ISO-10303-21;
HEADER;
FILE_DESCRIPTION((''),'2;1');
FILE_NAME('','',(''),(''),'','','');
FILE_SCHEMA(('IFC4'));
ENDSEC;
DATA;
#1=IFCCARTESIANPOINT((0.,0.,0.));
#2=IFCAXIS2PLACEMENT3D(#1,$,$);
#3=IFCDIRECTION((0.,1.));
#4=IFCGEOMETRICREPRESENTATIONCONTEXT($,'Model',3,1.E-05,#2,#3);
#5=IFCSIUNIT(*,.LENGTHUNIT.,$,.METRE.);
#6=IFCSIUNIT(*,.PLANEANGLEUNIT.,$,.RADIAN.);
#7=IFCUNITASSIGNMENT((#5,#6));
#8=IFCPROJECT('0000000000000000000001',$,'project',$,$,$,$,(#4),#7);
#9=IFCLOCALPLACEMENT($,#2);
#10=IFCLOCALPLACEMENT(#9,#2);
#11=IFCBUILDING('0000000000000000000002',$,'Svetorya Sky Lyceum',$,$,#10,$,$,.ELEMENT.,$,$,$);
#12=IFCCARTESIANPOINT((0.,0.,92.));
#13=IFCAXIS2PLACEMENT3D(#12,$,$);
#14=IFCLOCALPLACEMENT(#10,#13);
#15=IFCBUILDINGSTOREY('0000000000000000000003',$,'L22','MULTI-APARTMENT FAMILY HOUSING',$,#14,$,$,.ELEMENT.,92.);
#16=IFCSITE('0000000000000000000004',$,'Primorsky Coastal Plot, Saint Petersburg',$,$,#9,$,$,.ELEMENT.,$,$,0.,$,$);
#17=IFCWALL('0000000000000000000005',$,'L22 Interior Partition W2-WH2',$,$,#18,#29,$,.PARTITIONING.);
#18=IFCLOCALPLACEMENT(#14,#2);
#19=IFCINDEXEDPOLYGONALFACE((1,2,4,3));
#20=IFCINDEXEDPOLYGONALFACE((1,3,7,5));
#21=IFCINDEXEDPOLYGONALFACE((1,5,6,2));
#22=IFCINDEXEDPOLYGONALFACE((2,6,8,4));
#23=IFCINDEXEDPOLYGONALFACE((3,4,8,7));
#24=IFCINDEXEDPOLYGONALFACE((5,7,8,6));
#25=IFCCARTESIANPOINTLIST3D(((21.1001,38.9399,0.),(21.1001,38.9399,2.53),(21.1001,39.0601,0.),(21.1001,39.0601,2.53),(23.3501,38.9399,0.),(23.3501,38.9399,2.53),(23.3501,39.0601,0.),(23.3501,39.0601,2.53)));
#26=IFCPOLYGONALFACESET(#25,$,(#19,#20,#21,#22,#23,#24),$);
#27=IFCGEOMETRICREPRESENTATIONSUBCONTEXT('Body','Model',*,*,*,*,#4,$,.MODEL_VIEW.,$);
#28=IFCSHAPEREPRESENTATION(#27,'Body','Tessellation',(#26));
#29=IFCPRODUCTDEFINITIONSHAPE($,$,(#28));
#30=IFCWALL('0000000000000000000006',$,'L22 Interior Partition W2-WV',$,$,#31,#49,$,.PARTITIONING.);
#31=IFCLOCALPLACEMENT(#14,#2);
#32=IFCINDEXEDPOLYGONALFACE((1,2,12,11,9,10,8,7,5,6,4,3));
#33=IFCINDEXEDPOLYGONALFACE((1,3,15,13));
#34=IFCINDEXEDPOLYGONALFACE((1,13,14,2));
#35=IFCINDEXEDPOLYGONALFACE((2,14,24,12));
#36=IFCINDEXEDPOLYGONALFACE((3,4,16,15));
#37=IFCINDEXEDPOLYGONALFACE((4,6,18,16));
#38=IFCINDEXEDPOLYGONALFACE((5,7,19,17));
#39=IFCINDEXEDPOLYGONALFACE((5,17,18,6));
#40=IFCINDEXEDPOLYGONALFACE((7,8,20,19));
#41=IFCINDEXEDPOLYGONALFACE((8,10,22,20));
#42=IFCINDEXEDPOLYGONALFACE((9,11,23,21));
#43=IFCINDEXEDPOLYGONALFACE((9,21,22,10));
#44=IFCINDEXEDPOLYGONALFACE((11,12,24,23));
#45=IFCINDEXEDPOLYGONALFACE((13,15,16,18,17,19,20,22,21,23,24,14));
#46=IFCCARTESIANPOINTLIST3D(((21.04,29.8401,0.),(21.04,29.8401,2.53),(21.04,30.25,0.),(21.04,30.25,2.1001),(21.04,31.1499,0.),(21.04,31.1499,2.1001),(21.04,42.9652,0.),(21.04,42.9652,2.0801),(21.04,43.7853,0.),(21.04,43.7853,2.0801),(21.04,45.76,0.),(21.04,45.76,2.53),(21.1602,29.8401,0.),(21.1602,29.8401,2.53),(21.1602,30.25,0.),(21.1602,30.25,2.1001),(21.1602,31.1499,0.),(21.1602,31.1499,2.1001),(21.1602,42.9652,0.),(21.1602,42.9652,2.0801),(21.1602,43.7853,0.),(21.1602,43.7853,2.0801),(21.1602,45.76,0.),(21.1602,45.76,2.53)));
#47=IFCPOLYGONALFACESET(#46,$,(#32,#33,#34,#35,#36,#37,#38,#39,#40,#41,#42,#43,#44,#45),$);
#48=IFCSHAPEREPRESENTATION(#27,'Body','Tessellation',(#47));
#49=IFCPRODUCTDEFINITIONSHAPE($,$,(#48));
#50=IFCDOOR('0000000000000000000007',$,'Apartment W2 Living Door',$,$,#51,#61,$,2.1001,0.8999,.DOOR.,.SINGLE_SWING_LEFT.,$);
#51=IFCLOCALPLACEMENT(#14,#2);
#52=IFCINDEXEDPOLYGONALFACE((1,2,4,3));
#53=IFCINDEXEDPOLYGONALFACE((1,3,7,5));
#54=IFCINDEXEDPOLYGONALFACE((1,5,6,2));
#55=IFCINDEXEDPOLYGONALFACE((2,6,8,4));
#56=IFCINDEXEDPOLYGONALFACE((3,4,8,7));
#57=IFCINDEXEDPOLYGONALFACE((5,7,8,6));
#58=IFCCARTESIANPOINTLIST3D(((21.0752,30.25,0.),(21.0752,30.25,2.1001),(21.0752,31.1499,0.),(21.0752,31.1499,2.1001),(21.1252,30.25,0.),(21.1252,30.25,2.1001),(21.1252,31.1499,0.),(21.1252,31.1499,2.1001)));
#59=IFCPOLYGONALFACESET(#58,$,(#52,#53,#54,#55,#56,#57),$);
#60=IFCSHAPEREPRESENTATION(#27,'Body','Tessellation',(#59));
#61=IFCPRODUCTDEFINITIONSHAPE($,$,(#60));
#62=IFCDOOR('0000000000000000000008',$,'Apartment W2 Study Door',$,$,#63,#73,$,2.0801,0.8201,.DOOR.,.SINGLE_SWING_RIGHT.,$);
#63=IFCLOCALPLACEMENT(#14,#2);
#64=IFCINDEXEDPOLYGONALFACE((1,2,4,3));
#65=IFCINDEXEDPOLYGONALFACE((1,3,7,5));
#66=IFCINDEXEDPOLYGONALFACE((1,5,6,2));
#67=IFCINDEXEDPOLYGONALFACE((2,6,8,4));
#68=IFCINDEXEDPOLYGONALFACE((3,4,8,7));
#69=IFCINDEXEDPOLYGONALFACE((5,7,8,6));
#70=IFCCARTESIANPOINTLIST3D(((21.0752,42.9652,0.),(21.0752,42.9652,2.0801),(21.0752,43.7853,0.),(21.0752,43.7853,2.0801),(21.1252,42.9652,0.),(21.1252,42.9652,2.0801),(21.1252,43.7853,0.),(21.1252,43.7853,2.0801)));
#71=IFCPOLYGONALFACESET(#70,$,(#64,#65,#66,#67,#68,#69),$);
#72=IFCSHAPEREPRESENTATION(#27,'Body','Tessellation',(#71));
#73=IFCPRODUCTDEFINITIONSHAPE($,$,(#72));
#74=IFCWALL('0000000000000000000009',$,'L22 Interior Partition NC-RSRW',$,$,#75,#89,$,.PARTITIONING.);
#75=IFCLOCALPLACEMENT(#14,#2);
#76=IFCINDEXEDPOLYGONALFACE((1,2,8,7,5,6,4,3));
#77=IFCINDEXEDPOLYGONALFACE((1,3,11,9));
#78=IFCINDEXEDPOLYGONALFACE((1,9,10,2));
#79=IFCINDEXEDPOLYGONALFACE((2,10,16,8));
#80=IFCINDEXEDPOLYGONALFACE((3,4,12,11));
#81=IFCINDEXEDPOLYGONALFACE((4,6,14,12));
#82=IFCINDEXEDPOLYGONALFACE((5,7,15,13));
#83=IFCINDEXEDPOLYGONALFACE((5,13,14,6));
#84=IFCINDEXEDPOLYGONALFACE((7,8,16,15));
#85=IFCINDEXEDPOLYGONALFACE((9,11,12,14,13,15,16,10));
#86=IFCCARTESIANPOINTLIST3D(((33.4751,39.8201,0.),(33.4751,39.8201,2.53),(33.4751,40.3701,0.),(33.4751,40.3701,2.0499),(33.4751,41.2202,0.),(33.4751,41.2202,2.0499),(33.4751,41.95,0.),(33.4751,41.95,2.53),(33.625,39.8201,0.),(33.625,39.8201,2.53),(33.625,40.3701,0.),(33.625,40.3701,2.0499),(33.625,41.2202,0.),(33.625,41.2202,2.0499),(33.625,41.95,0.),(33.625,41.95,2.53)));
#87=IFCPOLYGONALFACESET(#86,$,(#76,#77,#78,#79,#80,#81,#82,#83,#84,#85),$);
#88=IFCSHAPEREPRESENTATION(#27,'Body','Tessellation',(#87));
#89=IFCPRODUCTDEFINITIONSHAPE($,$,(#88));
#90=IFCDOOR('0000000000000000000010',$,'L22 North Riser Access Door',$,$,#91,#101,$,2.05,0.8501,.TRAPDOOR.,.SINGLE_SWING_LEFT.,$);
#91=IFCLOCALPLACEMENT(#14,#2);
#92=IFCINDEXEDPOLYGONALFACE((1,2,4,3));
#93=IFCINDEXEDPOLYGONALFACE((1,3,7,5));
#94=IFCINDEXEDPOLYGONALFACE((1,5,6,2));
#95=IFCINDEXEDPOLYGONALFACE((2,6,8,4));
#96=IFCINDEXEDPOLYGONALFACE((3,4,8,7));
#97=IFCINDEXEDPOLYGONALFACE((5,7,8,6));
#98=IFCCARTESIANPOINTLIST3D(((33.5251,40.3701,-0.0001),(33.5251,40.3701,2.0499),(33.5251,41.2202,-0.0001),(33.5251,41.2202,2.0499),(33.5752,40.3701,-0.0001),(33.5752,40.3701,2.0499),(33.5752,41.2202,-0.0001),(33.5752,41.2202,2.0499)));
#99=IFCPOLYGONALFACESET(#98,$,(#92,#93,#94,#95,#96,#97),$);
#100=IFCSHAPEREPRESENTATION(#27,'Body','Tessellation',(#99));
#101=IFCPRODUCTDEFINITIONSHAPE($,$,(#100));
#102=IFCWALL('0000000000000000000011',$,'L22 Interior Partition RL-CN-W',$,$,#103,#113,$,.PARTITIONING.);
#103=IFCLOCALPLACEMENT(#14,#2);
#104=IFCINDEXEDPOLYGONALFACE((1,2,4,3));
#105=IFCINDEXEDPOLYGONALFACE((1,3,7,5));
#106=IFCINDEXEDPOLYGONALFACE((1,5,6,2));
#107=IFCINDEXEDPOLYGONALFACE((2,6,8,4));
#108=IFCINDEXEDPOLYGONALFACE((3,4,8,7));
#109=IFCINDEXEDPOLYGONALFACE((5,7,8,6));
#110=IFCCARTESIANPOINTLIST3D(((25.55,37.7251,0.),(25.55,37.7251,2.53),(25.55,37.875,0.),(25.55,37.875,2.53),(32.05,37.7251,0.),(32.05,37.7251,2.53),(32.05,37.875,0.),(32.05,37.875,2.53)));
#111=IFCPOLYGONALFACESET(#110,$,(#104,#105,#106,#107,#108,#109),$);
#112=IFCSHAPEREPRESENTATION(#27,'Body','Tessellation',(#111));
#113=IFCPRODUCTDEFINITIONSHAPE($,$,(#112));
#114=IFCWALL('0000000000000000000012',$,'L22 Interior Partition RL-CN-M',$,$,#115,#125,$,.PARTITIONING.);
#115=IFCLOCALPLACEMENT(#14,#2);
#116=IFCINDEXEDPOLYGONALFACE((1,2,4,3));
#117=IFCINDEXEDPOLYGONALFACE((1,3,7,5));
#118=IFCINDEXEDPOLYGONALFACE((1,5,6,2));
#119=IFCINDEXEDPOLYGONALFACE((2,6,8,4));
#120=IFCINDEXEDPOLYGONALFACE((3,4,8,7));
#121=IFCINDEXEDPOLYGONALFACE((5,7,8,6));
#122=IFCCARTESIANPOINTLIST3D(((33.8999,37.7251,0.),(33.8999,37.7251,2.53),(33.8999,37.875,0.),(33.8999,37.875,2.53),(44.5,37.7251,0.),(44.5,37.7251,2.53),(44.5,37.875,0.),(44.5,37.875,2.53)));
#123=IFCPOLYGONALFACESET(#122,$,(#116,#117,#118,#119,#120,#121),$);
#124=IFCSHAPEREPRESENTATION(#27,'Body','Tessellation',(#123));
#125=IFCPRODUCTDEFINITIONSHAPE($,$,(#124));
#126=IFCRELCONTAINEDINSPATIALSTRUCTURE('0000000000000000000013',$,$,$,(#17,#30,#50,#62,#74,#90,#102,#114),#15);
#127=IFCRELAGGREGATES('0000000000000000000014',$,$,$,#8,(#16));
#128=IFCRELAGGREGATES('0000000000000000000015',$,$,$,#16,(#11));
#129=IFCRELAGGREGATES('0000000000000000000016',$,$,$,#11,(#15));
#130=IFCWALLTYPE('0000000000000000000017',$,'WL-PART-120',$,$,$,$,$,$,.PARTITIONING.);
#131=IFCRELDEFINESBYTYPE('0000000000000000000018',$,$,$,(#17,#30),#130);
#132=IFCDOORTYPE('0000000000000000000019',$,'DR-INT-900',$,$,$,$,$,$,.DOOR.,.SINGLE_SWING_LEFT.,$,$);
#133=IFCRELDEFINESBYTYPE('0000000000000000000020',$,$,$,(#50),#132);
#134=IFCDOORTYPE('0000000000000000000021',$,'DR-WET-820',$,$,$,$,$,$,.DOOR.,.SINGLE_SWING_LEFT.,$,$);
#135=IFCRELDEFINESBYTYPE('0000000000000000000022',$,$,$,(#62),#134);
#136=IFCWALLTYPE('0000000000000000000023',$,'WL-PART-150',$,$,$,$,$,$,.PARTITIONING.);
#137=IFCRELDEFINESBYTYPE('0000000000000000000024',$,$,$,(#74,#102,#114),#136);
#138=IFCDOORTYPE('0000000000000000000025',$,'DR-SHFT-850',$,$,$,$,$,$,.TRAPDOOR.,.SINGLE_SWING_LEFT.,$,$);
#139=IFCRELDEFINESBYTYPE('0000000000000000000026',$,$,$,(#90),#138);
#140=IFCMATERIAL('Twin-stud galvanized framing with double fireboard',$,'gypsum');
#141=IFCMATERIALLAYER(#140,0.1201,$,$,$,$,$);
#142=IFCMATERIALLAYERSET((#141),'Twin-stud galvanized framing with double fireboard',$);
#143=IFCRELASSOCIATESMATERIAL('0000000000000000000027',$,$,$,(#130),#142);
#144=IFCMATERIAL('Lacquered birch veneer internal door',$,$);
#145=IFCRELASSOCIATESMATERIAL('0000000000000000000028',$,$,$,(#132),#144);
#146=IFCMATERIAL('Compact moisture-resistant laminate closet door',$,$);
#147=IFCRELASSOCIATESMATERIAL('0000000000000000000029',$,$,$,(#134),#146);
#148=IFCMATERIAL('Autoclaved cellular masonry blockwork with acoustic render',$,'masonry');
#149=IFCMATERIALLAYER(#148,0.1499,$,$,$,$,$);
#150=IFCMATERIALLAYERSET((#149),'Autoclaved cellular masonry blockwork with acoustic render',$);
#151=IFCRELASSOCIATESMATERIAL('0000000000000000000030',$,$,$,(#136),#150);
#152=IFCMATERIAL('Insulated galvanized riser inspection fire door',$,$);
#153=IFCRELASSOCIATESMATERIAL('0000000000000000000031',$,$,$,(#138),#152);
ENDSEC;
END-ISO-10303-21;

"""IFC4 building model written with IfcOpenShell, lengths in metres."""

from ifc_helpers import new_model, si_unit, direction, frame, frame_2d, origin, place, context, subcontext, project, spatial, rectangle, extrude, material, layer, layer_set, type_object, element, fill, save


model = new_model("IFC4")

# Units and contexts
model_context = context("Model", 3, precision=1e-05, world=origin(), true_north=direction((0.0, 1.0)))
body_context = subcontext(model_context, "Body", "Model", "MODEL_VIEW")
ifc_project = project(units=[si_unit("LENGTHUNIT", "METRE"), si_unit("PLANEANGLEUNIT", "RADIAN")], contexts=[model_context])

# Site, building, storey
site_placement = place(None, origin())
site = spatial("IfcSite", under=ifc_project, at=site_placement, Name="Primorsky Coastal Plot, Saint Petersburg", CompositionType="ELEMENT", RefElevation=0.0)
building_placement = place(site_placement, origin())
building = spatial("IfcBuilding", under=site, at=building_placement, Name="Svetorya Sky Lyceum", CompositionType="ELEMENT")
storey_placement = place(building_placement, frame((0.0, 0.0, 92.0)))
storey = spatial("IfcBuildingStorey", under=building, at=storey_placement, Name="L22", Description="MULTI-APARTMENT FAMILY HOUSING", CompositionType="ELEMENT", Elevation=92.0)

# Shared definitions
ifc_material_1 = material(Name="Twin-stud galvanized framing with double fireboard", Category="gypsum")
ifc_layer_1 = layer(ifc_material_1, 0.1201)
ifc_layer_set_1 = layer_set([ifc_layer_1], Name="Twin-stud galvanized framing with double fireboard")
wall_type_1 = type_object("IfcWallType", Name="WL-PART-120", PredefinedType="PARTITIONING", material=ifc_layer_set_1)

# Wall
wall_1_placement = place(storey_placement, frame((21.1001, 39.0, 0.0), z_axis=(0.0, 0.0, 1.0), x_axis=(1.0, 0.0, 0.0)))
element("IfcWall", 1, at=wall_1_placement, inside=storey, type_object=wall_type_1, Name="L22 Interior Partition W2-WH2", PredefinedType="PARTITIONING", context=body_context, shape_type="SweptSolid", body=[
    extrude(rectangle(XDim=2.25, YDim=0.1201, at=frame_2d((1.125, 0.0))), origin(), (0.0, 0.0, 1.0), 2.53),
])

# Wall, openings, doors
wall_2_placement = place(storey_placement, frame((21.1001, 29.8401, 0.0), z_axis=(0.0, 0.0, 1.0), x_axis=(0.0, 1.0, 0.0)))
wall_2 = element("IfcWall", 2, at=wall_2_placement, inside=storey, type_object=wall_type_1, Name="L22 Interior Partition W2-WV", PredefinedType="PARTITIONING", context=body_context, shape_type="SweptSolid", body=[
    extrude(rectangle(XDim=15.9199, YDim=0.1201, at=frame_2d((7.96, 0.0))), origin(), (0.0, 0.0, 1.0), 2.53),
])
opening_1_placement = place(wall_2_placement, frame((0.4099, 0.0, 0.0)))
opening_1 = element("IfcOpeningElement", 3, at=opening_1_placement, cuts=wall_2, PredefinedType="OPENING", context=body_context, shape_type="SweptSolid", body=[
    extrude(rectangle(XDim=0.8999, YDim=2.1001, at=frame_2d((0.45, 1.05))), frame((0.0, 0.0701, 0.0), z_axis=(0.0, -1.0, 0.0), x_axis=(1.0, 0.0, 0.0)), (0.0, 0.0, 1.0), 0.1401),
])
opening_2_placement = place(wall_2_placement, frame((13.125, 0.0, 0.0)))
opening_2 = element("IfcOpeningElement", 4, at=opening_2_placement, cuts=wall_2, PredefinedType="OPENING", context=body_context, shape_type="SweptSolid", body=[
    extrude(rectangle(XDim=0.8201, YDim=2.0801, at=frame_2d((0.4102, 1.04))), frame((0.0, 0.0701, 0.0), z_axis=(0.0, -1.0, 0.0), x_axis=(1.0, 0.0, 0.0)), (0.0, 0.0, 1.0), 0.1401),
])
ifc_material_2 = material(Name="Lacquered birch veneer internal door")
door_type_1 = type_object("IfcDoorType", Name="DR-INT-900", OperationType="SINGLE_SWING_LEFT", PredefinedType="DOOR", material=ifc_material_2)
door_1_placement = place(opening_1_placement, origin())
door_1 = element("IfcDoor", 5, at=door_1_placement, inside=storey, type_object=door_type_1, Name="Apartment W2 Living Door", OperationType="SINGLE_SWING_LEFT", OverallHeight=2.1001, OverallWidth=0.8999, PredefinedType="DOOR", context=body_context, shape_type="SweptSolid", body=[
    extrude(rectangle(XDim=0.8999, YDim=2.1001, at=frame_2d((0.45, 1.05))), frame((0.0, 0.0249, 0.0), z_axis=(0.0, -1.0, 0.0), x_axis=(1.0, 0.0, 0.0)), (0.0, 0.0, 1.0), 0.05),
])
fill(opening_1, door_1)
ifc_material_3 = material(Name="Compact moisture-resistant laminate closet door")
door_type_2 = type_object("IfcDoorType", Name="DR-WET-820", OperationType="SINGLE_SWING_LEFT", PredefinedType="DOOR", material=ifc_material_3)
door_2_placement = place(opening_2_placement, origin())
door_2 = element("IfcDoor", 6, at=door_2_placement, inside=storey, type_object=door_type_2, Name="Apartment W2 Study Door", OperationType="SINGLE_SWING_RIGHT", OverallHeight=2.0801, OverallWidth=0.8201, PredefinedType="DOOR", context=body_context, shape_type="SweptSolid", body=[
    extrude(rectangle(XDim=0.8201, YDim=2.0801, at=frame_2d((0.4102, 1.04))), frame((0.0, 0.0249, 0.0), z_axis=(0.0, -1.0, 0.0), x_axis=(1.0, 0.0, 0.0)), (0.0, 0.0, 1.0), 0.05),
])
fill(opening_2, door_2)

# Wall, opening, door
ifc_material_4 = material(Name="Autoclaved cellular masonry blockwork with acoustic render", Category="masonry")
ifc_layer_2 = layer(ifc_material_4, 0.1499)
ifc_layer_set_2 = layer_set([ifc_layer_2], Name="Autoclaved cellular masonry blockwork with acoustic render")
wall_type_2 = type_object("IfcWallType", Name="WL-PART-150", PredefinedType="PARTITIONING", material=ifc_layer_set_2)
wall_3_placement = place(storey_placement, frame((33.55, 39.8201, 0.0), z_axis=(0.0, 0.0, 1.0), x_axis=(0.0, 1.0, 0.0)))
wall_3 = element("IfcWall", 7, at=wall_3_placement, inside=storey, type_object=wall_type_2, Name="L22 Interior Partition NC-RSRW", PredefinedType="PARTITIONING", context=body_context, shape_type="SweptSolid", body=[
    extrude(rectangle(XDim=2.1299, YDim=0.1499, at=frame_2d((1.0649, 0.0))), origin(), (0.0, 0.0, 1.0), 2.53),
])
opening_3_placement = place(wall_3_placement, frame((0.55, 0.0, 0.0)))
opening_3 = element("IfcOpeningElement", 8, at=opening_3_placement, cuts=wall_3, PredefinedType="OPENING", context=body_context, shape_type="SweptSolid", body=[
    extrude(rectangle(XDim=0.8501, YDim=2.05, at=frame_2d((0.425, 1.0249))), frame((0.0, 0.085, 0.0), z_axis=(0.0, -1.0, 0.0), x_axis=(1.0, 0.0, 0.0)), (0.0, 0.0, 1.0), 0.1699),
])
ifc_material_5 = material(Name="Insulated galvanized riser inspection fire door")
door_type_3 = type_object("IfcDoorType", Name="DR-SHFT-850", OperationType="SINGLE_SWING_LEFT", PredefinedType="TRAPDOOR", material=ifc_material_5)
door_3_placement = place(opening_3_placement, origin())
door_3 = element("IfcDoor", 9, at=door_3_placement, inside=storey, type_object=door_type_3, Name="L22 North Riser Access Door", OperationType="SINGLE_SWING_LEFT", OverallHeight=2.05, OverallWidth=0.8501, PredefinedType="TRAPDOOR", context=body_context, shape_type="SweptSolid", body=[
    extrude(rectangle(XDim=0.8501, YDim=2.05, at=frame_2d((0.425, 1.0249))), frame((0.0, 0.0249, 0.0), z_axis=(0.0, -1.0, 0.0), x_axis=(1.0, 0.0, 0.0)), (0.0, 0.0, 1.0), 0.05),
])
fill(opening_3, door_3)

# Walls
wall_4_placement = place(storey_placement, frame((25.55, 37.8, 0.0), z_axis=(0.0, 0.0, 1.0), x_axis=(1.0, 0.0, 0.0)))
element("IfcWall", 10, at=wall_4_placement, inside=storey, type_object=wall_type_2, Name="L22 Interior Partition RL-CN-W", PredefinedType="PARTITIONING", context=body_context, shape_type="SweptSolid", body=[
    extrude(rectangle(XDim=6.5, YDim=0.1499, at=frame_2d((3.25, 0.0))), origin(), (0.0, 0.0, 1.0), 2.53),
])
wall_5_placement = place(storey_placement, frame((33.8999, 37.8, 0.0), z_axis=(0.0, 0.0, 1.0), x_axis=(1.0, 0.0, 0.0)))
element("IfcWall", 11, at=wall_5_placement, inside=storey, type_object=wall_type_2, Name="L22 Interior Partition RL-CN-M", PredefinedType="PARTITIONING", context=body_context, shape_type="SweptSolid", body=[
    extrude(rectangle(XDim=10.6001, YDim=0.1499, at=frame_2d((5.3, 0.0))), origin(), (0.0, 0.0, 1.0), 2.53),
])

save(model, "model.ifc")
